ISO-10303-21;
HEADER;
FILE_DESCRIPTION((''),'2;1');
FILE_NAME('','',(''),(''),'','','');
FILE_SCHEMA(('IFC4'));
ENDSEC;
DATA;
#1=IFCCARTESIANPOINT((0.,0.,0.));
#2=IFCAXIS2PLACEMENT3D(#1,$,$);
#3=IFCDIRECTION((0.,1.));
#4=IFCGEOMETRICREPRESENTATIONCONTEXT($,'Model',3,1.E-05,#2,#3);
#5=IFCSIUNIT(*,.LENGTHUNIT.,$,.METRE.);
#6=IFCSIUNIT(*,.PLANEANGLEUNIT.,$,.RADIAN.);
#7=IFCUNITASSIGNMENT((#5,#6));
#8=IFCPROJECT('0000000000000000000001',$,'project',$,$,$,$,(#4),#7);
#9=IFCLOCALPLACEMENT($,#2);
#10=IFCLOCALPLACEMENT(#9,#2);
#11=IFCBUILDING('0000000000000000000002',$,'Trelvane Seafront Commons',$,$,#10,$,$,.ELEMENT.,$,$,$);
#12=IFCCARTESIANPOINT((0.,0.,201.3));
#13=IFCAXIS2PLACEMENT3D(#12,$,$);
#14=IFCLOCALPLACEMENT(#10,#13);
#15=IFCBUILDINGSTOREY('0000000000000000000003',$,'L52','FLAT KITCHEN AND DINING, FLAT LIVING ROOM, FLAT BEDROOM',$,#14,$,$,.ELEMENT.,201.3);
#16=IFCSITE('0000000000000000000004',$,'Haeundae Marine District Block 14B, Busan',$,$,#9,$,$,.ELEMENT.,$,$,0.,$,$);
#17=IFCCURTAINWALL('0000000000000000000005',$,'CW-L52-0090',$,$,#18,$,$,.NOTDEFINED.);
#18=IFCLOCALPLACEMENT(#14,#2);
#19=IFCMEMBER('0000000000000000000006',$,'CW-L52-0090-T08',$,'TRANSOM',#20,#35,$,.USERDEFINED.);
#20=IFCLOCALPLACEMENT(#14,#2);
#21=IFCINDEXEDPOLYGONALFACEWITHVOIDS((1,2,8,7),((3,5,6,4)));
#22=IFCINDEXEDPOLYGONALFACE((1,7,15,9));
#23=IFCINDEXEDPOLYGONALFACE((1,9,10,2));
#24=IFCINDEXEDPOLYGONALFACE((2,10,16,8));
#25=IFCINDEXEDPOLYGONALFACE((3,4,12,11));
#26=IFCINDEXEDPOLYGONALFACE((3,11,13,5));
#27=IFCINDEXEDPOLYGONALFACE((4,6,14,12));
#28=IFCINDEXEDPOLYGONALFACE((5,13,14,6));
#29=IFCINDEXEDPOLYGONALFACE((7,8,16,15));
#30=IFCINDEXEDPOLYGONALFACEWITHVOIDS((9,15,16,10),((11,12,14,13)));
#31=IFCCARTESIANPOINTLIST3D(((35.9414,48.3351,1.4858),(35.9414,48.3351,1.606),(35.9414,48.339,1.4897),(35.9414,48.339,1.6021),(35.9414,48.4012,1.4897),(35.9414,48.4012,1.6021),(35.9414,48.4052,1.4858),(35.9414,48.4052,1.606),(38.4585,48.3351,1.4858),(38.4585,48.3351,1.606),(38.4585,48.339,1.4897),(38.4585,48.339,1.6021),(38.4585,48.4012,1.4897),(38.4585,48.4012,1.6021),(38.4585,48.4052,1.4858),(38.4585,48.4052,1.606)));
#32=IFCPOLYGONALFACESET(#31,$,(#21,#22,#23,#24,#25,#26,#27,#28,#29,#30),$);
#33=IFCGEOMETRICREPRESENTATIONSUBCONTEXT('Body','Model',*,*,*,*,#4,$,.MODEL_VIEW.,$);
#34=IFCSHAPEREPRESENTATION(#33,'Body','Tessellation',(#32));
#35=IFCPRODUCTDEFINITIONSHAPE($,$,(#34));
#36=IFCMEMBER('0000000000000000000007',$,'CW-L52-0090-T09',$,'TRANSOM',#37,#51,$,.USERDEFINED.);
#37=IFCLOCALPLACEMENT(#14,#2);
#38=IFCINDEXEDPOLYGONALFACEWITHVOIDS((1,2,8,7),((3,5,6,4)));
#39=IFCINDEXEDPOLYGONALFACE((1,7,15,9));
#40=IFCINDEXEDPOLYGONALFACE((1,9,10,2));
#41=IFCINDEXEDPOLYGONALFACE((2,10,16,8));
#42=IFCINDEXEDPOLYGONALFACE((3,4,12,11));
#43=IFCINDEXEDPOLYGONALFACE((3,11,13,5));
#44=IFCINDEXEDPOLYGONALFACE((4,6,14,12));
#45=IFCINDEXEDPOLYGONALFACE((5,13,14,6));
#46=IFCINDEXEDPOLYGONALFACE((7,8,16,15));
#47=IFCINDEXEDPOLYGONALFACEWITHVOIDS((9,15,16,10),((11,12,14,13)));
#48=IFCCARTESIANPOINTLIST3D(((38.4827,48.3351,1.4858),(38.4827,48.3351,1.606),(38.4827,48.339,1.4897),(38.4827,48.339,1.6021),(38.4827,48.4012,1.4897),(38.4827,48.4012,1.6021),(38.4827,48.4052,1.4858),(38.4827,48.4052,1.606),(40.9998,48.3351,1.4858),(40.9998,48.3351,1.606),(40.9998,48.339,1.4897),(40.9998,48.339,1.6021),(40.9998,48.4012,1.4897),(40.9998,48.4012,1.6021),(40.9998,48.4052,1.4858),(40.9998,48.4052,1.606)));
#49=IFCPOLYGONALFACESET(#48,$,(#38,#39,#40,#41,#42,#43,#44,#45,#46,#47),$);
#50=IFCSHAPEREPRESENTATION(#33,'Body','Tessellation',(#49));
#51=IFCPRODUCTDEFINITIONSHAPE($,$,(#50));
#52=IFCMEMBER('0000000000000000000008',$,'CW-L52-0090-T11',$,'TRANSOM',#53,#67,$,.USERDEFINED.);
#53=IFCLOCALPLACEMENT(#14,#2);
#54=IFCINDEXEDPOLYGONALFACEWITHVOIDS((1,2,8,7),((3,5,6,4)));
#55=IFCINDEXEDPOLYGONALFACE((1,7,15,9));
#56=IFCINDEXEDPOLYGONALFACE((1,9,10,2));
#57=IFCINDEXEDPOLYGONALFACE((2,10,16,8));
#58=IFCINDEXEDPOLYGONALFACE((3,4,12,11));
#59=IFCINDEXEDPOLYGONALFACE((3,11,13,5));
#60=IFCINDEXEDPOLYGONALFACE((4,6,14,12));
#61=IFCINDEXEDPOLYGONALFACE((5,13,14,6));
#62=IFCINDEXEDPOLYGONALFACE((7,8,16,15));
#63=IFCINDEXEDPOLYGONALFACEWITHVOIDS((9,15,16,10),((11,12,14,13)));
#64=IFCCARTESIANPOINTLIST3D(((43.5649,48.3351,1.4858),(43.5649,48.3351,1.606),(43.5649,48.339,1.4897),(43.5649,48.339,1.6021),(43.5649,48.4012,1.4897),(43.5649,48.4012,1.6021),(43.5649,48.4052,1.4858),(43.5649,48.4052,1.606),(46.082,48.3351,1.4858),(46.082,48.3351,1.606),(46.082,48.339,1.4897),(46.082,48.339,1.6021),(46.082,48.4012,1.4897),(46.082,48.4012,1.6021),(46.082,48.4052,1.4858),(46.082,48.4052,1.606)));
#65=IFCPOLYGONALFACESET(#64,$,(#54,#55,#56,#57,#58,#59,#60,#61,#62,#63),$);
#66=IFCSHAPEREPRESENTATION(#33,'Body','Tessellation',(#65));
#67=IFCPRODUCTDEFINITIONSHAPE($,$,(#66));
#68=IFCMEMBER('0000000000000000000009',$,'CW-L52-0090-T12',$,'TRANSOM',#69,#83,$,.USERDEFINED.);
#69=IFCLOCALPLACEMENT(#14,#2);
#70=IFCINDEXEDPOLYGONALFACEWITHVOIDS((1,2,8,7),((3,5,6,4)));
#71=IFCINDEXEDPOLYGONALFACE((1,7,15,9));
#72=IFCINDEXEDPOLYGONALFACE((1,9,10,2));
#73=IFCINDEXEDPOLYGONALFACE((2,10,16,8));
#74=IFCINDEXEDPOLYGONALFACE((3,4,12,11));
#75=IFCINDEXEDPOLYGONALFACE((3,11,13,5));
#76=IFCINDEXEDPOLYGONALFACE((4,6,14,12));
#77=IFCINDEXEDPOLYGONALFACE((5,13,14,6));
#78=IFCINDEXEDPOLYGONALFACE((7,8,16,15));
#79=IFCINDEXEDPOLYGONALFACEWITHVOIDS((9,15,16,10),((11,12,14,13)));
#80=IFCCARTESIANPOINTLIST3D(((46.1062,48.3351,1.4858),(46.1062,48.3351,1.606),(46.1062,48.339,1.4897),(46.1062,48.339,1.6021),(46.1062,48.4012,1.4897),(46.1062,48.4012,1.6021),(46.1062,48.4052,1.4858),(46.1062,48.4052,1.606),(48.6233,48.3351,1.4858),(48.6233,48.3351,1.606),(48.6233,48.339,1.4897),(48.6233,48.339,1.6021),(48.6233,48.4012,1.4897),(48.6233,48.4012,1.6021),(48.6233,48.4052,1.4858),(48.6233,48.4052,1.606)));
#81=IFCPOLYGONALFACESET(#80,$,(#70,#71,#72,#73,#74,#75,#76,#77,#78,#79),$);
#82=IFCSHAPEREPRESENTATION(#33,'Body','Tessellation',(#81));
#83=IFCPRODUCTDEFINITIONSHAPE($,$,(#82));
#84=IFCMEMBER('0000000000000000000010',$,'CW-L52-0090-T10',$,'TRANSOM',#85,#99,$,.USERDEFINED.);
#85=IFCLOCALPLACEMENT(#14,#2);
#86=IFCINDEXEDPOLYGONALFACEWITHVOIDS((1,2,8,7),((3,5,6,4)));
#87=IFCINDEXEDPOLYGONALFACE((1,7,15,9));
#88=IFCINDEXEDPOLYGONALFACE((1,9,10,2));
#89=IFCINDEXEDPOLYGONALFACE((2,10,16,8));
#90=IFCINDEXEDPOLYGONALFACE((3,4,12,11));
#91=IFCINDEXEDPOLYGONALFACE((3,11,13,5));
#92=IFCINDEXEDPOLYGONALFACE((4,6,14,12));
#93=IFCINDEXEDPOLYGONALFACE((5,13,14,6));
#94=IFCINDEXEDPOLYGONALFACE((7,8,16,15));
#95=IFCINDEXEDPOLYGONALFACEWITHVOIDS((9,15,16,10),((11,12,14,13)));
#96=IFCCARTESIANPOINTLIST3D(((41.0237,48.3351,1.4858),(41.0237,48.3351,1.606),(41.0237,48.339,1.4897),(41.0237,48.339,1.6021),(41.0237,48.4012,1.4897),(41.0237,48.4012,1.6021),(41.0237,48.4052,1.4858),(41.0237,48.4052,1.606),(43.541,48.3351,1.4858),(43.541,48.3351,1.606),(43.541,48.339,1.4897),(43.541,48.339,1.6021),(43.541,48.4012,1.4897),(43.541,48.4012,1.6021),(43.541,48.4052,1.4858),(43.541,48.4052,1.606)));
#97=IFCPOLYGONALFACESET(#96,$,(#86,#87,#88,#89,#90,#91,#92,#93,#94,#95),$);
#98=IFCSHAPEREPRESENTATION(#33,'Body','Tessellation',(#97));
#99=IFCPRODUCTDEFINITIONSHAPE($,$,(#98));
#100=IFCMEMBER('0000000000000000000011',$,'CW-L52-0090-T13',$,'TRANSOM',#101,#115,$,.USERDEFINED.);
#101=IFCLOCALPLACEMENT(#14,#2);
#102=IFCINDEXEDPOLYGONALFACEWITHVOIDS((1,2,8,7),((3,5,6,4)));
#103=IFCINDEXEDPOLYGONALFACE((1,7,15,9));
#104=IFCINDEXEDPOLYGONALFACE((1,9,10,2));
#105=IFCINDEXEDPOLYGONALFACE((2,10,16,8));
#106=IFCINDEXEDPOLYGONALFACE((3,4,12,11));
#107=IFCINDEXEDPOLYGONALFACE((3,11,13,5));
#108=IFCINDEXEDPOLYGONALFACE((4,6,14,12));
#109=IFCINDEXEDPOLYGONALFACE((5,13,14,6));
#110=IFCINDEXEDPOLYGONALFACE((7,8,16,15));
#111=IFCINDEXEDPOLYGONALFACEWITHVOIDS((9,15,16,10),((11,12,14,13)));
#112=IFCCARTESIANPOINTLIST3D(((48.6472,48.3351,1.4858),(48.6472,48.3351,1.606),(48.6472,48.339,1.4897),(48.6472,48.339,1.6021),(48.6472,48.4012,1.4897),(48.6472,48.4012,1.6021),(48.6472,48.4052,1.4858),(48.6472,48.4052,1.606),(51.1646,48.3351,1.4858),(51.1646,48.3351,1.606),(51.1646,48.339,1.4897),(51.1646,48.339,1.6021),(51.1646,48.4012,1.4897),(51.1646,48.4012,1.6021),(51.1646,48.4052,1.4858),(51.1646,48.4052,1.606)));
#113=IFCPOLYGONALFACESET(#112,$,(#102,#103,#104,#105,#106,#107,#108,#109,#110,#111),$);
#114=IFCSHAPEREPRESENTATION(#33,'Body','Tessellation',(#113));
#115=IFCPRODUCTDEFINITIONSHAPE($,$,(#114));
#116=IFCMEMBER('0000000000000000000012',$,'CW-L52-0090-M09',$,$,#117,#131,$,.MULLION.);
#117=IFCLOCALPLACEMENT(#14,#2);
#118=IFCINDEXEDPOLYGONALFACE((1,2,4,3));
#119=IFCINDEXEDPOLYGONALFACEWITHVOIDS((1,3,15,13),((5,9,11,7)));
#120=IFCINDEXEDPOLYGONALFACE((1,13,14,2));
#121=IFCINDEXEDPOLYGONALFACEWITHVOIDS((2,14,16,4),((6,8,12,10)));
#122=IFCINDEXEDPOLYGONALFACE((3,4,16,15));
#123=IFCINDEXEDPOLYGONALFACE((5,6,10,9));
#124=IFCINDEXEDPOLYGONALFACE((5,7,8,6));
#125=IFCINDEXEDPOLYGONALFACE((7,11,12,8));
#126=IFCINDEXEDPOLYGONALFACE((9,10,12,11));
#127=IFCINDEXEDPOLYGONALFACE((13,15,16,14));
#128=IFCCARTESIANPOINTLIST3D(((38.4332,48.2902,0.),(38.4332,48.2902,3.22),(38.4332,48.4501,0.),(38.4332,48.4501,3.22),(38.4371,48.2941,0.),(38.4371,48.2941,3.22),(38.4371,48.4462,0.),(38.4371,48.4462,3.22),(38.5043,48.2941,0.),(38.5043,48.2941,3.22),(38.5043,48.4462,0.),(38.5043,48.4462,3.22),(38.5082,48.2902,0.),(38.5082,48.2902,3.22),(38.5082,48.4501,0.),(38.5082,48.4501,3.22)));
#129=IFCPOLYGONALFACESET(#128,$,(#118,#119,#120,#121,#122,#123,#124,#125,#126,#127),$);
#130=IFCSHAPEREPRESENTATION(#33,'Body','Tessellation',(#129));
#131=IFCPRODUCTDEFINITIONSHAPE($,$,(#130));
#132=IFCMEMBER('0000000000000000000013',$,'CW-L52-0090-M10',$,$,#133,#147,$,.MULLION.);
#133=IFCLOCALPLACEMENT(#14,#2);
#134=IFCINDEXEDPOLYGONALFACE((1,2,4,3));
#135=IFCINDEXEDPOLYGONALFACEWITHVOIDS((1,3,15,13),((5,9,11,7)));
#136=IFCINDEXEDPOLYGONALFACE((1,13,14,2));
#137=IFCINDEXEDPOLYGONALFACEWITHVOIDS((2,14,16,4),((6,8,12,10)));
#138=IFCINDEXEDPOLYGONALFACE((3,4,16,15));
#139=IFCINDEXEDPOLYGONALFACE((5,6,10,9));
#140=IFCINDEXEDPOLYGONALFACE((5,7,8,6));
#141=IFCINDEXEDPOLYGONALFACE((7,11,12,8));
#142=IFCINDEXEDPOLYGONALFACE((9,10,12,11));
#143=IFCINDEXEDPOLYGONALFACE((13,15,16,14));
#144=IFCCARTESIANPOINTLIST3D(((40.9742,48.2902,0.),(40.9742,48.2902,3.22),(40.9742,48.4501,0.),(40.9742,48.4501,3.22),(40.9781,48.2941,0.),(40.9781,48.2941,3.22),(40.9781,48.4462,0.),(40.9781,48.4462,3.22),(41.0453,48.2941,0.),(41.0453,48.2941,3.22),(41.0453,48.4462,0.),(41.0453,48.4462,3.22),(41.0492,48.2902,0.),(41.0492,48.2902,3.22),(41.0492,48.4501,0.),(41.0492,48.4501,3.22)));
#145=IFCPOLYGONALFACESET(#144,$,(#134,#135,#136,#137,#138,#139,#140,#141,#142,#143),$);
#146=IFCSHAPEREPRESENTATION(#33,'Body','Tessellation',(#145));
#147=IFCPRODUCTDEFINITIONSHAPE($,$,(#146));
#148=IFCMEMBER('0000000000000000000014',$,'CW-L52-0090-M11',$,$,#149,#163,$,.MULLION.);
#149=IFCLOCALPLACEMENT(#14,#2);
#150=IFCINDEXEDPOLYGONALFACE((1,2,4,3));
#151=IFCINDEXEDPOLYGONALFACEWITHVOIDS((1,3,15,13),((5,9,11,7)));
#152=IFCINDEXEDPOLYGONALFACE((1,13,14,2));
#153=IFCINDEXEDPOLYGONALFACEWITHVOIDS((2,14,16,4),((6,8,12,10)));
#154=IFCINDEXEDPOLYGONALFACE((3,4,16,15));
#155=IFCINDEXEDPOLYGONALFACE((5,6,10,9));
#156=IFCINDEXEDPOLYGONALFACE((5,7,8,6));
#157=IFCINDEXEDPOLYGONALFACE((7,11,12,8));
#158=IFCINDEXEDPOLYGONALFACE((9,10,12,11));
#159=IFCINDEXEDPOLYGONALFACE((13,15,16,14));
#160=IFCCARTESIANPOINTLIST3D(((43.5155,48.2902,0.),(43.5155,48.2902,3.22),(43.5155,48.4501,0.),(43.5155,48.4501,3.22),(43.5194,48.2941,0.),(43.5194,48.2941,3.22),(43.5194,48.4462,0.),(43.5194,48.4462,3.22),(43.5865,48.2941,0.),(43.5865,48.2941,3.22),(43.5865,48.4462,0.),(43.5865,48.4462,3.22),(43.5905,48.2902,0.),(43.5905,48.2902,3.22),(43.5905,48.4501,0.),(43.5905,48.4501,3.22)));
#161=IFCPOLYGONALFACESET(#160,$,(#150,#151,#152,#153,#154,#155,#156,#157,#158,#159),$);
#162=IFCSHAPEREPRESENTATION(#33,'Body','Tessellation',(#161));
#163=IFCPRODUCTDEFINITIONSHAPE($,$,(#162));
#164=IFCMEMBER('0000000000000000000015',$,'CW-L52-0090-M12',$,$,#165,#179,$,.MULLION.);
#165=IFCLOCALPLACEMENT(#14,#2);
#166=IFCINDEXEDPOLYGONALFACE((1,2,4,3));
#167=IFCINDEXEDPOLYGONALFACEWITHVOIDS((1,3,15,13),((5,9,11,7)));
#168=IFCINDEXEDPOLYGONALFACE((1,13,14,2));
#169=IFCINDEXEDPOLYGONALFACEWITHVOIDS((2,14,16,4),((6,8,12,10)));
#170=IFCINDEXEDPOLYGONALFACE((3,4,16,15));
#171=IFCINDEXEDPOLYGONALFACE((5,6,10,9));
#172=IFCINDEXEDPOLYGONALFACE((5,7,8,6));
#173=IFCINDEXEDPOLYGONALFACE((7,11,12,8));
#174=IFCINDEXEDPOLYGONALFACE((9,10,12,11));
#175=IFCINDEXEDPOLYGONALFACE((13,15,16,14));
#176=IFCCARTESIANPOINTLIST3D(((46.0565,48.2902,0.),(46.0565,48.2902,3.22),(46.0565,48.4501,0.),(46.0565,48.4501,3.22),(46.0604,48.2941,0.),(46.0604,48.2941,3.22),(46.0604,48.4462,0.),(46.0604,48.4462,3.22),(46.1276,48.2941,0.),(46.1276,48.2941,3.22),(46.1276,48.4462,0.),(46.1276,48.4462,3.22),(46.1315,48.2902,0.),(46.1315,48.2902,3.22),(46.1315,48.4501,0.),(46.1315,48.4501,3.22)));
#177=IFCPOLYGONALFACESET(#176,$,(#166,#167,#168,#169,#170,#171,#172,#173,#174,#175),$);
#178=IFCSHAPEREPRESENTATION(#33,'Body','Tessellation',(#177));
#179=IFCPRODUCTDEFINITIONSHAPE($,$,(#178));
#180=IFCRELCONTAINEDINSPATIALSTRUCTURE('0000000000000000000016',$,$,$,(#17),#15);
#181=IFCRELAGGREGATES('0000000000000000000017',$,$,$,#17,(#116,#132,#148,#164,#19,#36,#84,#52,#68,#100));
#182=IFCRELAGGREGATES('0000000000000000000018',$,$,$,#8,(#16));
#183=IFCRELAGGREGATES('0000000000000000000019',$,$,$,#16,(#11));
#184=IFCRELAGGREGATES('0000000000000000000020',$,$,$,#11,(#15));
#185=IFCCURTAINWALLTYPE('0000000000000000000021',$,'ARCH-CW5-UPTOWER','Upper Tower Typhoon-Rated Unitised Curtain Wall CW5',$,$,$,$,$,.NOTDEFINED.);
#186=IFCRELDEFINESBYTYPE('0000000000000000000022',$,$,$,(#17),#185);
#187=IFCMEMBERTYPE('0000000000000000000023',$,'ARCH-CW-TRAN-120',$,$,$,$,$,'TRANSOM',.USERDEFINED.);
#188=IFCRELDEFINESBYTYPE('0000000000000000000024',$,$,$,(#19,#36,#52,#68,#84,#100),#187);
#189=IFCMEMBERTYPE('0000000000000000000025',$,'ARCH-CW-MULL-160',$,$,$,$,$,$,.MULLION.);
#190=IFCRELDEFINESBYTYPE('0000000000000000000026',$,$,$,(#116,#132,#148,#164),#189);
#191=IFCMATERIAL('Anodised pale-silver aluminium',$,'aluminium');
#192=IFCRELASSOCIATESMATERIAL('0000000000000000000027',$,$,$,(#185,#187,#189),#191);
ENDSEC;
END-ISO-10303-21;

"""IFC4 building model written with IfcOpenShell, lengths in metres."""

from ifc_helpers import new_model, si_unit, direction, frame, origin, origin_2d, place, context, subcontext, project, spatial, hollow_rectangle, extrude, source, transform, mapped, material, material_profile, profile_set, type_object, element, aggregate, save


model = new_model("IFC4")

# Units and contexts
model_context = context("Model", 3, precision=1e-05, world=origin(), true_north=direction((0.0, 1.0)))
body_context = subcontext(model_context, "Body", "Model", "MODEL_VIEW")
ifc_project = project(units=[si_unit("LENGTHUNIT", "METRE"), si_unit("PLANEANGLEUNIT", "RADIAN")], contexts=[model_context])

# Site, building, storey
site_placement = place(None, origin())
site = spatial("IfcSite", under=ifc_project, at=site_placement, Name="Haeundae Marine District Block 14B, Busan", CompositionType="ELEMENT", RefElevation=0.0)
building_placement = place(site_placement, origin())
building = spatial("IfcBuilding", under=site, at=building_placement, Name="Trelvane Seafront Commons", CompositionType="ELEMENT")
storey_placement = place(building_placement, frame((0.0, 0.0, 201.3)))
storey = spatial("IfcBuildingStorey", under=building, at=storey_placement, Name="L52", Description="FLAT KITCHEN AND DINING, FLAT LIVING ROOM, FLAT BEDROOM", CompositionType="ELEMENT", Elevation=201.3)

# Curtain wall, members
ifc_material_1 = material(Name="Anodised pale-silver aluminium", Category="aluminium")
curtain_wall_type = type_object("IfcCurtainWallType", Name="ARCH-CW5-UPTOWER", Description="Upper Tower Typhoon-Rated Unitised Curtain Wall CW5", PredefinedType="NOTDEFINED", material=ifc_material_1)
curtain_wall_placement = place(storey_placement, origin())
curtain_wall = element("IfcCurtainWall", 1, at=curtain_wall_placement, inside=storey, type_object=curtain_wall_type, Name="CW-L52-0090", PredefinedType="NOTDEFINED")
ifc_material_profile_1 = material_profile(ifc_material_1, hollow_rectangle(XDim=0.0701, YDim=0.1201, WallThickness=0.0039, at=origin_2d()), Name="TRAN-70x120x4")
ifc_profile_set_1 = profile_set([ifc_material_profile_1], Name="Anodised pale-silver aluminium")
member_type_1 = type_object("IfcMemberType", Name="ARCH-CW-TRAN-120", ElementType="TRANSOM", PredefinedType="USERDEFINED", material=ifc_profile_set_1)
shared_shape_1 = source(origin(), body_context, "Body", "SweptSolid", [
    extrude(hollow_rectangle(XDim=0.0701, YDim=0.1201, WallThickness=0.0039, at=origin_2d()), origin(), (0.0, 0.0, 1.0), 2.5171),
])
member_1_placement = place(storey_placement, frame((35.9414, 48.3701, 1.5459), z_axis=(1.0, 0.0, 0.0), x_axis=(0.0, 1.0, 0.0)))
member_1 = element("IfcMember", 2, at=member_1_placement, type_object=member_type_1, Name="CW-L52-0090-T08", ObjectType="TRANSOM", PredefinedType="USERDEFINED", context=body_context, shape_type="MappedRepresentation", body=[
    mapped(shared_shape_1, transform((0.0, 0.0, 0.0), x_axis=(1.0, 0.0, 0.0), y_axis=(0.0, 1.0, 0.0), z_axis=(0.0, 0.0, 1.0), scale=1.0)),
])
member_2_placement = place(storey_placement, frame((38.4827, 48.3701, 1.5459), z_axis=(1.0, 0.0, 0.0), x_axis=(0.0, 1.0, 0.0)))
member_2 = element("IfcMember", 3, at=member_2_placement, type_object=member_type_1, Name="CW-L52-0090-T09", ObjectType="TRANSOM", PredefinedType="USERDEFINED", context=body_context, shape_type="MappedRepresentation", body=[
    mapped(shared_shape_1, transform((0.0, 0.0, 0.0), x_axis=(1.0, 0.0, 0.0), y_axis=(0.0, 1.0, 0.0), z_axis=(0.0, 0.0, 1.0), scale=1.0)),
])
member_3_placement = place(storey_placement, frame((43.5649, 48.3701, 1.5459), z_axis=(1.0, 0.0, 0.0), x_axis=(0.0, 1.0, 0.0)))
member_3 = element("IfcMember", 4, at=member_3_placement, type_object=member_type_1, Name="CW-L52-0090-T11", ObjectType="TRANSOM", PredefinedType="USERDEFINED", context=body_context, shape_type="MappedRepresentation", body=[
    mapped(shared_shape_1, transform((0.0, 0.0, 0.0), x_axis=(1.0, 0.0, 0.0), y_axis=(0.0, 1.0, 0.0), z_axis=(0.0, 0.0, 1.0), scale=1.0)),
])
member_4_placement = place(storey_placement, frame((46.1062, 48.3701, 1.5459), z_axis=(1.0, 0.0, 0.0), x_axis=(0.0, 1.0, 0.0)))
member_4 = element("IfcMember", 5, at=member_4_placement, type_object=member_type_1, Name="CW-L52-0090-T12", ObjectType="TRANSOM", PredefinedType="USERDEFINED", context=body_context, shape_type="MappedRepresentation", body=[
    mapped(shared_shape_1, transform((0.0, 0.0, 0.0), x_axis=(1.0, 0.0, 0.0), y_axis=(0.0, 1.0, 0.0), z_axis=(0.0, 0.0, 1.0), scale=1.0)),
])
shared_shape_2 = source(origin(), body_context, "Body", "SweptSolid", [
    extrude(hollow_rectangle(XDim=0.0701, YDim=0.1201, WallThickness=0.0039, at=origin_2d()), origin(), (0.0, 0.0, 1.0), 2.5173),
])
member_5_placement = place(storey_placement, frame((41.0237, 48.3701, 1.5459), z_axis=(1.0, 0.0, 0.0), x_axis=(0.0, 1.0, 0.0)))
member_5 = element("IfcMember", 6, at=member_5_placement, type_object=member_type_1, Name="CW-L52-0090-T10", ObjectType="TRANSOM", PredefinedType="USERDEFINED", context=body_context, shape_type="MappedRepresentation", body=[
    mapped(shared_shape_2, transform((0.0, 0.0, 0.0), x_axis=(1.0, 0.0, 0.0), y_axis=(0.0, 1.0, 0.0), z_axis=(0.0, 0.0, 1.0), scale=1.0)),
])
member_6_placement = place(storey_placement, frame((48.6472, 48.3701, 1.5459), z_axis=(1.0, 0.0, 0.0), x_axis=(0.0, 1.0, 0.0)))
member_6 = element("IfcMember", 7, at=member_6_placement, type_object=member_type_1, Name="CW-L52-0090-T13", ObjectType="TRANSOM", PredefinedType="USERDEFINED", context=body_context, shape_type="MappedRepresentation", body=[
    mapped(shared_shape_2, transform((0.0, 0.0, 0.0), x_axis=(1.0, 0.0, 0.0), y_axis=(0.0, 1.0, 0.0), z_axis=(0.0, 0.0, 1.0), scale=1.0)),
])
ifc_material_profile_2 = material_profile(ifc_material_1, hollow_rectangle(XDim=0.075, YDim=0.1599, WallThickness=0.0039, at=origin_2d()), Name="MULL-75x160x4")
ifc_profile_set_2 = profile_set([ifc_material_profile_2], Name="Anodised pale-silver aluminium")
member_type_2 = type_object("IfcMemberType", Name="ARCH-CW-MULL-160", PredefinedType="MULLION", material=ifc_profile_set_2)
shared_shape_3 = source(origin(), body_context, "Body", "SweptSolid", [
    extrude(hollow_rectangle(XDim=0.075, YDim=0.1599, WallThickness=0.0039, at=origin_2d()), origin(), (0.0, 0.0, 1.0), 3.22),
])
member_7_placement = place(storey_placement, frame((38.4707, 48.3701, 0.0), z_axis=(0.0, 0.0, 1.0), x_axis=(1.0, 0.0, 0.0)))
member_7 = element("IfcMember", 8, at=member_7_placement, type_object=member_type_2, Name="CW-L52-0090-M09", PredefinedType="MULLION", context=body_context, shape_type="MappedRepresentation", body=[
    mapped(shared_shape_3, transform((0.0, 0.0, 0.0), x_axis=(1.0, 0.0, 0.0), y_axis=(0.0, 1.0, 0.0), z_axis=(0.0, 0.0, 1.0), scale=1.0)),
])
member_8_placement = place(storey_placement, frame((41.0117, 48.3701, 0.0), z_axis=(0.0, 0.0, 1.0), x_axis=(1.0, 0.0, 0.0)))
member_8 = element("IfcMember", 9, at=member_8_placement, type_object=member_type_2, Name="CW-L52-0090-M10", PredefinedType="MULLION", context=body_context, shape_type="MappedRepresentation", body=[
    mapped(shared_shape_3, transform((0.0, 0.0, 0.0), x_axis=(1.0, 0.0, 0.0), y_axis=(0.0, 1.0, 0.0), z_axis=(0.0, 0.0, 1.0), scale=1.0)),
])
member_9_placement = place(storey_placement, frame((43.553, 48.3701, 0.0), z_axis=(0.0, 0.0, 1.0), x_axis=(1.0, 0.0, 0.0)))
member_9 = element("IfcMember", 10, at=member_9_placement, type_object=member_type_2, Name="CW-L52-0090-M11", PredefinedType="MULLION", context=body_context, shape_type="MappedRepresentation", body=[
    mapped(shared_shape_3, transform((0.0, 0.0, 0.0), x_axis=(1.0, 0.0, 0.0), y_axis=(0.0, 1.0, 0.0), z_axis=(0.0, 0.0, 1.0), scale=1.0)),
])
member_10_placement = place(storey_placement, frame((46.094, 48.3701, 0.0), z_axis=(0.0, 0.0, 1.0), x_axis=(1.0, 0.0, 0.0)))
member_10 = element("IfcMember", 11, at=member_10_placement, type_object=member_type_2, Name="CW-L52-0090-M12", PredefinedType="MULLION", context=body_context, shape_type="MappedRepresentation", body=[
    mapped(shared_shape_3, transform((0.0, 0.0, 0.0), x_axis=(1.0, 0.0, 0.0), y_axis=(0.0, 1.0, 0.0), z_axis=(0.0, 0.0, 1.0), scale=1.0)),
])

aggregate(curtain_wall, [member_7, member_8, member_9, member_10, member_1, member_2, member_5, member_3, member_4, member_6])

save(model, "model.ifc")
